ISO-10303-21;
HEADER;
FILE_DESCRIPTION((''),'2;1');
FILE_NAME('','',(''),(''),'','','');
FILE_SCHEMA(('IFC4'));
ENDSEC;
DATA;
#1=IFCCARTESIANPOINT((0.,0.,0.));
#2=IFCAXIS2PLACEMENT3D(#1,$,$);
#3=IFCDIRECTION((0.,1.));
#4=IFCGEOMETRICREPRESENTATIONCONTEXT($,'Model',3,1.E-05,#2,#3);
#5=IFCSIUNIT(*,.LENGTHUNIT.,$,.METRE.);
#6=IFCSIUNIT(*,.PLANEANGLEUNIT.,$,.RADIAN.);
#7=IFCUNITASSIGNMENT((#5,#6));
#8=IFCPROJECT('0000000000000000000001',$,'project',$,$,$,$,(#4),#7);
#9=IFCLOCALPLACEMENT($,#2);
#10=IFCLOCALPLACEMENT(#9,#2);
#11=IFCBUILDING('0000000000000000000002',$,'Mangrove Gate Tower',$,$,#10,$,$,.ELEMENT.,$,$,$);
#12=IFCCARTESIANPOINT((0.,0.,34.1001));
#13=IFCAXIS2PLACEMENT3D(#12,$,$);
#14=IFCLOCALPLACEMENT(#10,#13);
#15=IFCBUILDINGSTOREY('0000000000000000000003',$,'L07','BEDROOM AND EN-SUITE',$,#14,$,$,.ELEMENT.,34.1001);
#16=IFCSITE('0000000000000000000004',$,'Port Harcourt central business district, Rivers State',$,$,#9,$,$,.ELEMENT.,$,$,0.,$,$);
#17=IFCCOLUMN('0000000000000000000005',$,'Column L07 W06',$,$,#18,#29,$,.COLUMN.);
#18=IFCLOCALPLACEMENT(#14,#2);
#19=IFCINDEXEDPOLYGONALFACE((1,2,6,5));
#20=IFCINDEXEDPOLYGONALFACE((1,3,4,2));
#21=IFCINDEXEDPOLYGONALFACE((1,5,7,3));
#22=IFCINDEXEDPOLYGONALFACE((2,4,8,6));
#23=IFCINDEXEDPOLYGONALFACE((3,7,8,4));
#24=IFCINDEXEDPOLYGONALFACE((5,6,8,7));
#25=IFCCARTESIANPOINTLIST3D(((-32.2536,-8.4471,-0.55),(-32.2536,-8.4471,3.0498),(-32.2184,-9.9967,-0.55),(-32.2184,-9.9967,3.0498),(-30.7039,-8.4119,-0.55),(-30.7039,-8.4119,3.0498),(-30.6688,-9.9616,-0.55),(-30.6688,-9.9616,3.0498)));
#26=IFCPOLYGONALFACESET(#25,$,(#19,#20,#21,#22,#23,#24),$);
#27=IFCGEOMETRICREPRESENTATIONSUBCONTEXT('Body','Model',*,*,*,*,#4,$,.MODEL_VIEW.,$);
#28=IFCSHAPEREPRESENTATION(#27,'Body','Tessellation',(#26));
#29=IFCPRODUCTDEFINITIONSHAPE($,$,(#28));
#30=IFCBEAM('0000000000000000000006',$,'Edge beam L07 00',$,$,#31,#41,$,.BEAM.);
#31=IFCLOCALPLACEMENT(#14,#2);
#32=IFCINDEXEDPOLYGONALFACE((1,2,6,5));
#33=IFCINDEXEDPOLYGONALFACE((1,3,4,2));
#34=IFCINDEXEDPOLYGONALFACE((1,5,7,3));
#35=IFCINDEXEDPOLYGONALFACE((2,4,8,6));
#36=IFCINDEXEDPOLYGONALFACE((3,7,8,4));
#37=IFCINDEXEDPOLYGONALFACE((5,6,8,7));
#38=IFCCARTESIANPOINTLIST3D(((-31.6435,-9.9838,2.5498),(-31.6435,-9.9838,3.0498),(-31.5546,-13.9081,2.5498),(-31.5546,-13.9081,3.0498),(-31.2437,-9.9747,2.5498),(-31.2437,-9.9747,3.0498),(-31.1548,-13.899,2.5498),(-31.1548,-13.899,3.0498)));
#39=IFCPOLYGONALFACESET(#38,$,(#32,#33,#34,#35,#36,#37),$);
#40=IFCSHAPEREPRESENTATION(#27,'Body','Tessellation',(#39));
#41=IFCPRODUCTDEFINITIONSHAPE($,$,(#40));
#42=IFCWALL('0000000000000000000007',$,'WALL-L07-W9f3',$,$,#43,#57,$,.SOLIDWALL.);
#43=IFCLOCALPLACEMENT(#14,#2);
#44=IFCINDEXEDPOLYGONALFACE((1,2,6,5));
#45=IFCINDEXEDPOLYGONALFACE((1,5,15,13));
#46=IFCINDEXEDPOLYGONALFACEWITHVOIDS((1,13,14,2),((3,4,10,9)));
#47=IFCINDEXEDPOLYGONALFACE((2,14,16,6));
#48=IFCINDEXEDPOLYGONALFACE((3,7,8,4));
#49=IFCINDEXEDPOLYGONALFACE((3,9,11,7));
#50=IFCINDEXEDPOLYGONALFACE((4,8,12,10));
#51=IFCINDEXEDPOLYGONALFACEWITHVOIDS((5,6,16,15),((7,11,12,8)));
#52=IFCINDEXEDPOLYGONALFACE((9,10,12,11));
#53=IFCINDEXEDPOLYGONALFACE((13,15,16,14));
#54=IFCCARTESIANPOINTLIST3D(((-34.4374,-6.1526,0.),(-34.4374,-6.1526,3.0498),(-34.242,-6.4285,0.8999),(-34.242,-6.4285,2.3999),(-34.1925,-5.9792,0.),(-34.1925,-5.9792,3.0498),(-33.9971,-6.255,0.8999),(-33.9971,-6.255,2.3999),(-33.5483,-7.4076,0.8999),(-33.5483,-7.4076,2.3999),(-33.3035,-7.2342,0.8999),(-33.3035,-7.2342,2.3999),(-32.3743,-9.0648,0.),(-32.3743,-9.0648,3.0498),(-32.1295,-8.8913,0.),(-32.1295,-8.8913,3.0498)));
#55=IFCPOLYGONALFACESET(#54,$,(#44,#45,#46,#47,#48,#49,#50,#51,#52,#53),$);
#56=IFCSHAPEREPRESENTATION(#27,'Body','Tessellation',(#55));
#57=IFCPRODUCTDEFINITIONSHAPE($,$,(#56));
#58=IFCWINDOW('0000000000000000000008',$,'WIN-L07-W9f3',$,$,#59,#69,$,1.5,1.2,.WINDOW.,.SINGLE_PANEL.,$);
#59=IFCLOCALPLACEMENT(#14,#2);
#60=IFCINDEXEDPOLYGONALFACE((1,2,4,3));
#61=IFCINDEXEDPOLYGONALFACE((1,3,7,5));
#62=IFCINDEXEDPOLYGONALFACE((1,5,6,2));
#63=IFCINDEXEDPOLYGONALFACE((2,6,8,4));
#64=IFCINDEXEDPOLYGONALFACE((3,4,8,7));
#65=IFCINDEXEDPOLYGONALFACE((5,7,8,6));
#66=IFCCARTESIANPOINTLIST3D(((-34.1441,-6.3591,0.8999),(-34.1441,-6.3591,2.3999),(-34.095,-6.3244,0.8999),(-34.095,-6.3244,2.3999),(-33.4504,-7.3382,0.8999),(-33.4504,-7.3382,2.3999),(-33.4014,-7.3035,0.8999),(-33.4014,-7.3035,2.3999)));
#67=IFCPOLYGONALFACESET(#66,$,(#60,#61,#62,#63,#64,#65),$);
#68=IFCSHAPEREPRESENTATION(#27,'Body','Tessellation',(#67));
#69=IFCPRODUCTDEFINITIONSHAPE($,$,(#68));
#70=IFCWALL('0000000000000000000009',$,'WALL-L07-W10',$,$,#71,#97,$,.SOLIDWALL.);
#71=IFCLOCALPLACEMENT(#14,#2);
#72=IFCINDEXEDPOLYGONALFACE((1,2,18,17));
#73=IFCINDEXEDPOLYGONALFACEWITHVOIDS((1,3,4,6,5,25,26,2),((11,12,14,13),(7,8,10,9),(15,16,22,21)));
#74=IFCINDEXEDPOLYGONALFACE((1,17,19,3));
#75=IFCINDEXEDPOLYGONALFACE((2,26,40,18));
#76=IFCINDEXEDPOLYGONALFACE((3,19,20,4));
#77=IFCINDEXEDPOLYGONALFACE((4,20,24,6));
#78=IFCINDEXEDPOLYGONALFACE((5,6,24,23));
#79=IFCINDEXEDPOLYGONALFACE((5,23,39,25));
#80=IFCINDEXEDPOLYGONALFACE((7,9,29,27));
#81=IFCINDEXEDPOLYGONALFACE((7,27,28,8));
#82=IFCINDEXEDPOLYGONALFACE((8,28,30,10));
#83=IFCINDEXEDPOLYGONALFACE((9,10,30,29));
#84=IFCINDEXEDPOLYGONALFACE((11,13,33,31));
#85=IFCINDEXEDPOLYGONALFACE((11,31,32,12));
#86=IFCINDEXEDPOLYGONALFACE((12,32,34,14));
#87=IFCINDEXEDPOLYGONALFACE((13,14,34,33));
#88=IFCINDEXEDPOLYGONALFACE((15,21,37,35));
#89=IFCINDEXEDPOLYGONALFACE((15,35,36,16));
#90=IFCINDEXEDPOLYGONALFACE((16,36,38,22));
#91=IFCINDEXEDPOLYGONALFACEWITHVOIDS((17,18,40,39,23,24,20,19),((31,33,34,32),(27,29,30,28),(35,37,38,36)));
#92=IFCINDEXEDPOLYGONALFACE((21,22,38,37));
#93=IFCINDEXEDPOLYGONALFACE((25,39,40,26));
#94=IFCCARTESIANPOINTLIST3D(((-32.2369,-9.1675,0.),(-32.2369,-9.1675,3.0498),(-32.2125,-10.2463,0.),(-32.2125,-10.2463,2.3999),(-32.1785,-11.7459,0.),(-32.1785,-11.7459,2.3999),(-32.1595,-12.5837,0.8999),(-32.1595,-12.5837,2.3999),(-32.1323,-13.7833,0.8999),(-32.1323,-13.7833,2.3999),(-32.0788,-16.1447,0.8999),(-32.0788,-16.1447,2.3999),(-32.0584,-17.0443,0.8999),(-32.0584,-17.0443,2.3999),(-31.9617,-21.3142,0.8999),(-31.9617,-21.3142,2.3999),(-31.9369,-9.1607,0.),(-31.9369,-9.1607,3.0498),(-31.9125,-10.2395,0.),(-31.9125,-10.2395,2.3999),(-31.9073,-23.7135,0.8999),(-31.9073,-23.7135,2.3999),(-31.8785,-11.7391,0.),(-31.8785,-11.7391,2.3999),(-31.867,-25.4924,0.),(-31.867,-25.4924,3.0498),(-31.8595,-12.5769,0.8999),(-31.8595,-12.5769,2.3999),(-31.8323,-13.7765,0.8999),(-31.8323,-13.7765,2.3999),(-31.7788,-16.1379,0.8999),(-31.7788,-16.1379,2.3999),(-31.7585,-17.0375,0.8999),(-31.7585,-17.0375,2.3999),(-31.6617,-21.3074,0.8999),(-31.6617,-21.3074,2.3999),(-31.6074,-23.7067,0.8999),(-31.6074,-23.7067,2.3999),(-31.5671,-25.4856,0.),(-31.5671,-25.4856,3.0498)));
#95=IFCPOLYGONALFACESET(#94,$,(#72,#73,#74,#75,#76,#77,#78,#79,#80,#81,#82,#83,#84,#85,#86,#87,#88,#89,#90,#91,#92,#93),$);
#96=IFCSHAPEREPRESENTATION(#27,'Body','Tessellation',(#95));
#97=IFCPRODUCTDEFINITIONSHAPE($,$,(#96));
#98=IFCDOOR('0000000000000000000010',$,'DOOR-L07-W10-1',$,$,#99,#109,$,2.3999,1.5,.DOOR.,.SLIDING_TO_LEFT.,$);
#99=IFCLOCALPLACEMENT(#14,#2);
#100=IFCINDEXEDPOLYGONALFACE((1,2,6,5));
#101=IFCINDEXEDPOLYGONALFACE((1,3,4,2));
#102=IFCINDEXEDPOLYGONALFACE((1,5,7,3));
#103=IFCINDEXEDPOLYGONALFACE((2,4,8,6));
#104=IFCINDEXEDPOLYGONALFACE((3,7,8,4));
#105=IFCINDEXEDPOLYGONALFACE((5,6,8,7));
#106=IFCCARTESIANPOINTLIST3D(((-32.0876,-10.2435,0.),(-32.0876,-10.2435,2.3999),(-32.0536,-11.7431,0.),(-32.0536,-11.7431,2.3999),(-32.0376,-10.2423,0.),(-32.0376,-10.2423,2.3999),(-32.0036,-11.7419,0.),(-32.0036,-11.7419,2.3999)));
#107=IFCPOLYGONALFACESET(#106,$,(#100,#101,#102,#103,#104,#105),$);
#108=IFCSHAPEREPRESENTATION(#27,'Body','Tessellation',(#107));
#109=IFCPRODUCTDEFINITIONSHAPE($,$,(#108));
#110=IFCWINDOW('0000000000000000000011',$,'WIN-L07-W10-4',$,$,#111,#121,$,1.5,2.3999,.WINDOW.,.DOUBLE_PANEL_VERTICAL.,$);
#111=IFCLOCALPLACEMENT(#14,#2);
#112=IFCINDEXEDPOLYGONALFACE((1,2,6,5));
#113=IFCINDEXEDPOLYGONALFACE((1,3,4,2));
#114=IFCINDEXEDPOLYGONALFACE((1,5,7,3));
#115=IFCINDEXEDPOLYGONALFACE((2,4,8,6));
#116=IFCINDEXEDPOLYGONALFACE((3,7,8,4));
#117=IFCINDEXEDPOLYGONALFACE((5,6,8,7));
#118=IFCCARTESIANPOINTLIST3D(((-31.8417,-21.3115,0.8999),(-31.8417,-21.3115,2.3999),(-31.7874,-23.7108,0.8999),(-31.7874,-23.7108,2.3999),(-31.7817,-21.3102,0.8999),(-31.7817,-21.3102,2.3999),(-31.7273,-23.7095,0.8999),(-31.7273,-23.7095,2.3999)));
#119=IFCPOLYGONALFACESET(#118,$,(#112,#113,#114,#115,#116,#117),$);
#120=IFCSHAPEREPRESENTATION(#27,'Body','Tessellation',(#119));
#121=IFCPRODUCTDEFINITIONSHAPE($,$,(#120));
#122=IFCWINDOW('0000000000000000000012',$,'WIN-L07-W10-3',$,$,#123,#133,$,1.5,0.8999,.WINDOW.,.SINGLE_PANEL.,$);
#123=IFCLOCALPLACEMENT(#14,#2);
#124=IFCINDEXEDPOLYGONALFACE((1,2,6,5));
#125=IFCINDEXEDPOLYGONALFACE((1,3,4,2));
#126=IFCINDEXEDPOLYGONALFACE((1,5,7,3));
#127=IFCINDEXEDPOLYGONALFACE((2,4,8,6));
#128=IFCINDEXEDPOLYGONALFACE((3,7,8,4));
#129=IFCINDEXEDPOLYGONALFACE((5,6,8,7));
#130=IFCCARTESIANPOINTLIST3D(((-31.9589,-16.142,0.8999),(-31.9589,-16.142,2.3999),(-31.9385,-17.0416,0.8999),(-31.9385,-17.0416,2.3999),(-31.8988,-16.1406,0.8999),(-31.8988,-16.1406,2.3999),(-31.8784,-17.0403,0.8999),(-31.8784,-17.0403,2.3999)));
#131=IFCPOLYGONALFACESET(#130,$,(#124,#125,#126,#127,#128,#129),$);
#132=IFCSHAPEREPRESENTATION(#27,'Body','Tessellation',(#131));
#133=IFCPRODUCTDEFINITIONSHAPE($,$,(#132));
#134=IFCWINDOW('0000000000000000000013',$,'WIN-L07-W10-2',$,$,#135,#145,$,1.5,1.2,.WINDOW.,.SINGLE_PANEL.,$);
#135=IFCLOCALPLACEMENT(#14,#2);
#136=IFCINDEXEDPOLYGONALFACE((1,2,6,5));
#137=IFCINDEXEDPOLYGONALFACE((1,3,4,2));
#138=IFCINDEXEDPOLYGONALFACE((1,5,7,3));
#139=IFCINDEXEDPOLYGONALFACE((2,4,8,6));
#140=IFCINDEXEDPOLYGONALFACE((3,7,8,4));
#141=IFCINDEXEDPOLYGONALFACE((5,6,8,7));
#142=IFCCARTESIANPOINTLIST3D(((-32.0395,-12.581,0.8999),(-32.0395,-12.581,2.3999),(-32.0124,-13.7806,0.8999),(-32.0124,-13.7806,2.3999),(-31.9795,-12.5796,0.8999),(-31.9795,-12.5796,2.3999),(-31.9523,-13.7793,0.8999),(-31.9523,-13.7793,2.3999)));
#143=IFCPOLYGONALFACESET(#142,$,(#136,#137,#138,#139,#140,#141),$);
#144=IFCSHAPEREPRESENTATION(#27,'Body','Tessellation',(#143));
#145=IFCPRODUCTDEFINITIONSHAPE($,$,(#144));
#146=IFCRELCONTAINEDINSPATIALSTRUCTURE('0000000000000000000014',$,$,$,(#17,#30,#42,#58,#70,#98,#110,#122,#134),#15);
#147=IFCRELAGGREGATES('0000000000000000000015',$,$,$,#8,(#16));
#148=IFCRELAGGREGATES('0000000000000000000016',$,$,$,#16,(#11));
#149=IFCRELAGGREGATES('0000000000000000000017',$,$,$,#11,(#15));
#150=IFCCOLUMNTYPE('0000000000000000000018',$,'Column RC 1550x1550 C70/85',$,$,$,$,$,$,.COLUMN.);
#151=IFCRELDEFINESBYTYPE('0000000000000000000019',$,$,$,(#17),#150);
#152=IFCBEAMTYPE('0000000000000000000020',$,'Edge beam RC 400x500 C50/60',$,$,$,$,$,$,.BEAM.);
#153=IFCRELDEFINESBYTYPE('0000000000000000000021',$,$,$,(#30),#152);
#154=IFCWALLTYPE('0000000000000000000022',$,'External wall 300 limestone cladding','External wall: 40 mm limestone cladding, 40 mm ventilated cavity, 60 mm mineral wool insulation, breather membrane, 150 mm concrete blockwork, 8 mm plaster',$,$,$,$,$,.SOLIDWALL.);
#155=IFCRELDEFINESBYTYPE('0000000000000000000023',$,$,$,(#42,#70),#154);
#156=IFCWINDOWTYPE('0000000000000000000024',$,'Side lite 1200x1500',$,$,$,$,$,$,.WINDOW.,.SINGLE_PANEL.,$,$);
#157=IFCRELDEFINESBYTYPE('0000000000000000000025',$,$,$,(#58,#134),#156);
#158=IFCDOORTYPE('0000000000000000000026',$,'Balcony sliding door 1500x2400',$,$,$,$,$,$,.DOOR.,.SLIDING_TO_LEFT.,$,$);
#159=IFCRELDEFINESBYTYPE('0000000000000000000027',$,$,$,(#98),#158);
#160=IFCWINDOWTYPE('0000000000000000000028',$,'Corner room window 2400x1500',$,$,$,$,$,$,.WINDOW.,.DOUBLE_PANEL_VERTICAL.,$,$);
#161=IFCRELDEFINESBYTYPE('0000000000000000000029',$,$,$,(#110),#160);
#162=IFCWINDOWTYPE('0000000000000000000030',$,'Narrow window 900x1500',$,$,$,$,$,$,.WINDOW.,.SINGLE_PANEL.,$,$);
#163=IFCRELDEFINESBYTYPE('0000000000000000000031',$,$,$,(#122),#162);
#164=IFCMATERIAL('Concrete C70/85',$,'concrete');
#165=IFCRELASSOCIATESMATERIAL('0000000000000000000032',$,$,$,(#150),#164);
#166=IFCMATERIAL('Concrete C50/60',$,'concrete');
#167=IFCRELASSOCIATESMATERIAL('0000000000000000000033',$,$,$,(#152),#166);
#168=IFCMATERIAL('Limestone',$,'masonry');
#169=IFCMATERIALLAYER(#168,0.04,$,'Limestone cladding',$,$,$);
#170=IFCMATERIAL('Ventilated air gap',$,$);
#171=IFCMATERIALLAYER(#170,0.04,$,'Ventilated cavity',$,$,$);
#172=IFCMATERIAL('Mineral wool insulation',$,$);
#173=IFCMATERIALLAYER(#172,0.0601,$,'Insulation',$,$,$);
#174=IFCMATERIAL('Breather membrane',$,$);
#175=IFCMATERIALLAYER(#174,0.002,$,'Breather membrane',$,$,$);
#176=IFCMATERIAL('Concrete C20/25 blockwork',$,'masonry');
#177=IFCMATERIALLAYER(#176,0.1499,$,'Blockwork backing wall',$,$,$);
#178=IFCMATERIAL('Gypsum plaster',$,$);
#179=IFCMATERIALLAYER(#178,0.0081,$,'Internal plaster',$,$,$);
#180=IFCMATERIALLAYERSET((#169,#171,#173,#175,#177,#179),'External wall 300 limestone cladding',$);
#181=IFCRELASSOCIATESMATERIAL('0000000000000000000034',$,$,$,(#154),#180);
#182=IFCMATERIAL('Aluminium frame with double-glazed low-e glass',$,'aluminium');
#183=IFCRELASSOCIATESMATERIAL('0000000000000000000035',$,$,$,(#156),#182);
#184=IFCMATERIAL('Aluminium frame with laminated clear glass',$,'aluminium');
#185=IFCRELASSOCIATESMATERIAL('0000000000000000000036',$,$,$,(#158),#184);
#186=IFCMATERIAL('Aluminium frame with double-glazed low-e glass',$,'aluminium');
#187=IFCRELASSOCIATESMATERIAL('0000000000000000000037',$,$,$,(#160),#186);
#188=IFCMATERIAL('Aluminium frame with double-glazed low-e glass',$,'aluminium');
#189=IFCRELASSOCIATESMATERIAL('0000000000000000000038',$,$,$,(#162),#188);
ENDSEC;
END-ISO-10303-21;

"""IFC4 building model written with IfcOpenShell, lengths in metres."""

from ifc_helpers import new_model, si_unit, direction, frame, frame_2d, origin, origin_2d, place, context, subcontext, project, spatial, rectangle, extrude, material, layer, layer_set, material_profile, profile_set, type_object, element, fill, save


model = new_model("IFC4")

# Units and contexts
model_context = context("Model", 3, precision=1e-05, world=origin(), true_north=direction((0.0, 1.0)))
body_context = subcontext(model_context, "Body", "Model", "MODEL_VIEW")
ifc_project = project(units=[si_unit("LENGTHUNIT", "METRE"), si_unit("PLANEANGLEUNIT", "RADIAN")], contexts=[model_context])

# Site, building, storey
site_placement = place(None, origin())
site = spatial("IfcSite", under=ifc_project, at=site_placement, Name="Port Harcourt central business district, Rivers State", CompositionType="ELEMENT", RefElevation=0.0)
building_placement = place(site_placement, origin())
building = spatial("IfcBuilding", under=site, at=building_placement, Name="Mangrove Gate Tower", CompositionType="ELEMENT")
storey_placement = place(building_placement, frame((0.0, 0.0, 34.1001)))
storey = spatial("IfcBuildingStorey", under=building, at=storey_placement, Name="L07", Description="BEDROOM AND EN-SUITE", CompositionType="ELEMENT", Elevation=34.1001)

# Column
ifc_material_1 = material(Name="Concrete C70/85", Category="concrete")
ifc_material_profile_1 = material_profile(ifc_material_1, rectangle(XDim=1.55, YDim=1.55, at=origin_2d()))
ifc_profile_set_1 = profile_set([ifc_material_profile_1], Name="Concrete C70/85")
column_type = type_object("IfcColumnType", Name="Column RC 1550x1550 C70/85", PredefinedType="COLUMN", material=ifc_profile_set_1)
column_placement = place(storey_placement, frame((-31.4612, -9.2043, -0.55), z_axis=(0.0, 0.0, 1.0), x_axis=(0.022678, -0.999743, 0.0)))
element("IfcColumn", 1, at=column_placement, inside=storey, type_object=column_type, Name="Column L07 W06", PredefinedType="COLUMN", context=body_context, shape_type="SweptSolid", body=[
    extrude(rectangle(XDim=1.55, YDim=1.55, at=origin_2d()), origin(), (0.0, 0.0, 1.0), 3.5999),
])

# Beam
ifc_material_2 = material(Name="Concrete C50/60", Category="concrete")
ifc_material_profile_2 = material_profile(ifc_material_2, rectangle(XDim=0.3999, YDim=0.5, at=origin_2d()))
ifc_profile_set_2 = profile_set([ifc_material_profile_2], Name="Concrete C50/60")
beam_type = type_object("IfcBeamType", Name="Edge beam RC 400x500 C50/60", PredefinedType="BEAM", material=ifc_profile_set_2)
beam_placement = place(storey_placement, frame((-31.4436, -9.9792, 2.7998), z_axis=(0.022639, -0.999744, 0.0), x_axis=(0.999744, 0.022639, 0.0)))
element("IfcBeam", 2, at=beam_placement, inside=storey, type_object=beam_type, Name="Edge beam L07 00", PredefinedType="BEAM", context=body_context, shape_type="SweptSolid", body=[
    extrude(rectangle(XDim=0.3999, YDim=0.5, at=origin_2d()), origin(), (0.0, 0.0, 1.0), 3.9253),
])

# Wall, opening, window
ifc_material_3 = material(Name="Limestone", Category="masonry")
ifc_layer_1 = layer(ifc_material_3, 0.04, Name="Limestone cladding")
ifc_material_4 = material(Name="Ventilated air gap")
ifc_layer_2 = layer(ifc_material_4, 0.04, Name="Ventilated cavity")
ifc_material_5 = material(Name="Mineral wool insulation")
ifc_layer_3 = layer(ifc_material_5, 0.0601, Name="Insulation")
ifc_material_6 = material(Name="Breather membrane")
ifc_layer_4 = layer(ifc_material_6, 0.002, Name="Breather membrane")
ifc_material_7 = material(Name="Concrete C20/25 blockwork", Category="masonry")
ifc_layer_5 = layer(ifc_material_7, 0.1499, Name="Blockwork backing wall")
ifc_material_8 = material(Name="Gypsum plaster")
ifc_layer_6 = layer(ifc_material_8, 0.0081, Name="Internal plaster")
ifc_layer_set_1 = layer_set([ifc_layer_1, ifc_layer_2, ifc_layer_3, ifc_layer_4, ifc_layer_5, ifc_layer_6], Name="External wall 300 limestone cladding")
wall_type_1 = type_object("IfcWallType", Name="External wall 300 limestone cladding", Description="External wall: 40 mm limestone cladding, 40 mm ventilated cavity, 60 mm mineral wool insulation, breather membrane, 150 mm concrete blockwork, 8 mm plaster", PredefinedType="SOLIDWALL", material=ifc_layer_set_1)
wall_1_placement = place(storey_placement, frame((-34.3149, -6.0659, 0.0), z_axis=(0.0, 0.0, 1.0), x_axis=(0.578063, -0.815992, 0.0)))
wall_1 = element("IfcWall", 3, at=wall_1_placement, inside=storey, type_object=wall_type_1, Name="WALL-L07-W9f3", PredefinedType="SOLIDWALL", context=body_context, shape_type="SweptSolid", body=[
    extrude(rectangle(XDim=3.5688, YDim=0.3, at=frame_2d((1.7844, 0.0))), origin(), (0.0, 0.0, 1.0), 3.0498),
])
opening_1_placement = place(wall_1_placement, frame((0.3379, 0.0, 0.8999)))
opening_1 = element("IfcOpeningElement", 4, at=opening_1_placement, cuts=wall_1, PredefinedType="OPENING", context=body_context, shape_type="SweptSolid", body=[
    extrude(rectangle(XDim=1.2, YDim=1.5, at=frame_2d((0.6001, 0.75))), frame((0.0, 0.1599, 0.0), z_axis=(0.0, -1.0, 0.0), x_axis=(1.0, 0.0, 0.0)), (0.0, 0.0, 1.0), 0.3201),
])
ifc_material_9 = material(Name="Aluminium frame with double-glazed low-e glass", Category="aluminium")
window_type_1 = type_object("IfcWindowType", Name="Side lite 1200x1500", PartitioningType="SINGLE_PANEL", PredefinedType="WINDOW", material=ifc_material_9)
window_1_placement = place(opening_1_placement, origin())
window_1 = element("IfcWindow", 5, at=window_1_placement, inside=storey, type_object=window_type_1, Name="WIN-L07-W9f3", OverallHeight=1.5, OverallWidth=1.2, PartitioningType="SINGLE_PANEL", PredefinedType="WINDOW", context=body_context, shape_type="SweptSolid", body=[
    extrude(rectangle(XDim=1.2, YDim=1.5, at=frame_2d((0.6001, 0.75))), frame((0.0, 0.03, 0.0), z_axis=(0.0, -1.0, 0.0), x_axis=(1.0, 0.0, 0.0)), (0.0, 0.0, 1.0), 0.0601),
])
fill(opening_1, window_1)

# Wall, openings, door, windows
wall_2_placement = place(storey_placement, frame((-32.0869, -9.1641, 0.0), z_axis=(0.0, 0.0, 1.0), x_axis=(0.022651, -0.999743, 0.0)))
wall_2 = element("IfcWall", 6, at=wall_2_placement, inside=storey, type_object=wall_type_1, Name="WALL-L07-W10", PredefinedType="SOLIDWALL", context=body_context, shape_type="SweptSolid", body=[
    extrude(rectangle(XDim=16.3291, YDim=0.3, at=frame_2d((8.1646, 0.0))), origin(), (0.0, 0.0, 1.0), 3.0498),
])
opening_2_placement = place(wall_2_placement, frame((1.0791, 0.0, 0.0)))
opening_2 = element("IfcOpeningElement", 7, at=opening_2_placement, cuts=wall_2, PredefinedType="OPENING", context=body_context, shape_type="SweptSolid", body=[
    extrude(rectangle(XDim=1.5, YDim=2.3999, at=frame_2d((0.75, 1.2))), frame((0.0, 0.1599, 0.0), z_axis=(0.0, -1.0, 0.0), x_axis=(1.0, 0.0, 0.0)), (0.0, 0.0, 1.0), 0.3201),
])
opening_3_placement = place(wall_2_placement, frame((3.417, 0.0, 0.8999)))
opening_3 = element("IfcOpeningElement", 8, at=opening_3_placement, cuts=wall_2, PredefinedType="OPENING", context=body_context, shape_type="SweptSolid", body=[
    extrude(rectangle(XDim=1.2, YDim=1.5, at=frame_2d((0.6001, 0.75))), frame((0.0, 0.1599, 0.0), z_axis=(0.0, -1.0, 0.0), x_axis=(1.0, 0.0, 0.0)), (0.0, 0.0, 1.0), 0.3201),
])
opening_4_placement = place(wall_2_placement, frame((6.979, 0.0, 0.8999)))
opening_4 = element("IfcOpeningElement", 9, at=opening_4_placement, cuts=wall_2, PredefinedType="OPENING", context=body_context, shape_type="SweptSolid", body=[
    extrude(rectangle(XDim=0.8999, YDim=1.5, at=frame_2d((0.45, 0.75))), frame((0.0, 0.1599, 0.0), z_axis=(0.0, -1.0, 0.0), x_axis=(1.0, 0.0, 0.0)), (0.0, 0.0, 1.0), 0.3201),
])
opening_5_placement = place(wall_2_placement, frame((12.1499, 0.0, 0.8999)))
opening_5 = element("IfcOpeningElement", 10, at=opening_5_placement, cuts=wall_2, PredefinedType="OPENING", context=body_context, shape_type="SweptSolid", body=[
    extrude(rectangle(XDim=2.3999, YDim=1.5, at=frame_2d((1.2, 0.75))), frame((0.0, 0.1599, 0.0), z_axis=(0.0, -1.0, 0.0), x_axis=(1.0, 0.0, 0.0)), (0.0, 0.0, 1.0), 0.3201),
])
ifc_material_10 = material(Name="Aluminium frame with laminated clear glass", Category="aluminium")
door_type = type_object("IfcDoorType", Name="Balcony sliding door 1500x2400", OperationType="SLIDING_TO_LEFT", PredefinedType="DOOR", material=ifc_material_10)
door_placement = place(opening_2_placement, origin())
door = element("IfcDoor", 11, at=door_placement, inside=storey, type_object=door_type, Name="DOOR-L07-W10-1", OperationType="SLIDING_TO_LEFT", OverallHeight=2.3999, OverallWidth=1.5, PredefinedType="DOOR", context=body_context, shape_type="SweptSolid", body=[
    extrude(rectangle(XDim=1.5, YDim=2.3999, at=frame_2d((0.75, 1.2))), frame((0.0, 0.0249, 0.0), z_axis=(0.0, -1.0, 0.0), x_axis=(1.0, 0.0, 0.0)), (0.0, 0.0, 1.0), 0.05),
])
fill(opening_2, door)
ifc_material_11 = material(Name="Aluminium frame with double-glazed low-e glass", Category="aluminium")
window_type_2 = type_object("IfcWindowType", Name="Corner room window 2400x1500", PartitioningType="DOUBLE_PANEL_VERTICAL", PredefinedType="WINDOW", material=ifc_material_11)
window_2_placement = place(opening_5_placement, origin())
window_2 = element("IfcWindow", 12, at=window_2_placement, inside=storey, type_object=window_type_2, Name="WIN-L07-W10-4", OverallHeight=1.5, OverallWidth=2.3999, PartitioningType="DOUBLE_PANEL_VERTICAL", PredefinedType="WINDOW", context=body_context, shape_type="SweptSolid", body=[
    extrude(rectangle(XDim=2.3999, YDim=1.5, at=frame_2d((1.2, 0.75))), frame((0.0, 0.03, 0.0), z_axis=(0.0, -1.0, 0.0), x_axis=(1.0, 0.0, 0.0)), (0.0, 0.0, 1.0), 0.0601),
])
fill(opening_5, window_2)
ifc_material_12 = material(Name="Aluminium frame with double-glazed low-e glass", Category="aluminium")
window_type_3 = type_object("IfcWindowType", Name="Narrow window 900x1500", PartitioningType="SINGLE_PANEL", PredefinedType="WINDOW", material=ifc_material_12)
window_3_placement = place(opening_4_placement, origin())
window_3 = element("IfcWindow", 13, at=window_3_placement, inside=storey, type_object=window_type_3, Name="WIN-L07-W10-3", OverallHeight=1.5, OverallWidth=0.8999, PartitioningType="SINGLE_PANEL", PredefinedType="WINDOW", context=body_context, shape_type="SweptSolid", body=[
    extrude(rectangle(XDim=0.8999, YDim=1.5, at=frame_2d((0.45, 0.75))), frame((0.0, 0.03, 0.0), z_axis=(0.0, -1.0, 0.0), x_axis=(1.0, 0.0, 0.0)), (0.0, 0.0, 1.0), 0.0601),
])
fill(opening_4, window_3)
window_4_placement = place(opening_3_placement, origin())
window_4 = element("IfcWindow", 14, at=window_4_placement, inside=storey, type_object=window_type_1, Name="WIN-L07-W10-2", OverallHeight=1.5, OverallWidth=1.2, PartitioningType="SINGLE_PANEL", PredefinedType="WINDOW", context=body_context, shape_type="SweptSolid", body=[
    extrude(rectangle(XDim=1.2, YDim=1.5, at=frame_2d((0.6001, 0.75))), frame((0.0, 0.03, 0.0), z_axis=(0.0, -1.0, 0.0), x_axis=(1.0, 0.0, 0.0)), (0.0, 0.0, 1.0), 0.0601),
])
fill(opening_3, window_4)

save(model, "model.ifc")
